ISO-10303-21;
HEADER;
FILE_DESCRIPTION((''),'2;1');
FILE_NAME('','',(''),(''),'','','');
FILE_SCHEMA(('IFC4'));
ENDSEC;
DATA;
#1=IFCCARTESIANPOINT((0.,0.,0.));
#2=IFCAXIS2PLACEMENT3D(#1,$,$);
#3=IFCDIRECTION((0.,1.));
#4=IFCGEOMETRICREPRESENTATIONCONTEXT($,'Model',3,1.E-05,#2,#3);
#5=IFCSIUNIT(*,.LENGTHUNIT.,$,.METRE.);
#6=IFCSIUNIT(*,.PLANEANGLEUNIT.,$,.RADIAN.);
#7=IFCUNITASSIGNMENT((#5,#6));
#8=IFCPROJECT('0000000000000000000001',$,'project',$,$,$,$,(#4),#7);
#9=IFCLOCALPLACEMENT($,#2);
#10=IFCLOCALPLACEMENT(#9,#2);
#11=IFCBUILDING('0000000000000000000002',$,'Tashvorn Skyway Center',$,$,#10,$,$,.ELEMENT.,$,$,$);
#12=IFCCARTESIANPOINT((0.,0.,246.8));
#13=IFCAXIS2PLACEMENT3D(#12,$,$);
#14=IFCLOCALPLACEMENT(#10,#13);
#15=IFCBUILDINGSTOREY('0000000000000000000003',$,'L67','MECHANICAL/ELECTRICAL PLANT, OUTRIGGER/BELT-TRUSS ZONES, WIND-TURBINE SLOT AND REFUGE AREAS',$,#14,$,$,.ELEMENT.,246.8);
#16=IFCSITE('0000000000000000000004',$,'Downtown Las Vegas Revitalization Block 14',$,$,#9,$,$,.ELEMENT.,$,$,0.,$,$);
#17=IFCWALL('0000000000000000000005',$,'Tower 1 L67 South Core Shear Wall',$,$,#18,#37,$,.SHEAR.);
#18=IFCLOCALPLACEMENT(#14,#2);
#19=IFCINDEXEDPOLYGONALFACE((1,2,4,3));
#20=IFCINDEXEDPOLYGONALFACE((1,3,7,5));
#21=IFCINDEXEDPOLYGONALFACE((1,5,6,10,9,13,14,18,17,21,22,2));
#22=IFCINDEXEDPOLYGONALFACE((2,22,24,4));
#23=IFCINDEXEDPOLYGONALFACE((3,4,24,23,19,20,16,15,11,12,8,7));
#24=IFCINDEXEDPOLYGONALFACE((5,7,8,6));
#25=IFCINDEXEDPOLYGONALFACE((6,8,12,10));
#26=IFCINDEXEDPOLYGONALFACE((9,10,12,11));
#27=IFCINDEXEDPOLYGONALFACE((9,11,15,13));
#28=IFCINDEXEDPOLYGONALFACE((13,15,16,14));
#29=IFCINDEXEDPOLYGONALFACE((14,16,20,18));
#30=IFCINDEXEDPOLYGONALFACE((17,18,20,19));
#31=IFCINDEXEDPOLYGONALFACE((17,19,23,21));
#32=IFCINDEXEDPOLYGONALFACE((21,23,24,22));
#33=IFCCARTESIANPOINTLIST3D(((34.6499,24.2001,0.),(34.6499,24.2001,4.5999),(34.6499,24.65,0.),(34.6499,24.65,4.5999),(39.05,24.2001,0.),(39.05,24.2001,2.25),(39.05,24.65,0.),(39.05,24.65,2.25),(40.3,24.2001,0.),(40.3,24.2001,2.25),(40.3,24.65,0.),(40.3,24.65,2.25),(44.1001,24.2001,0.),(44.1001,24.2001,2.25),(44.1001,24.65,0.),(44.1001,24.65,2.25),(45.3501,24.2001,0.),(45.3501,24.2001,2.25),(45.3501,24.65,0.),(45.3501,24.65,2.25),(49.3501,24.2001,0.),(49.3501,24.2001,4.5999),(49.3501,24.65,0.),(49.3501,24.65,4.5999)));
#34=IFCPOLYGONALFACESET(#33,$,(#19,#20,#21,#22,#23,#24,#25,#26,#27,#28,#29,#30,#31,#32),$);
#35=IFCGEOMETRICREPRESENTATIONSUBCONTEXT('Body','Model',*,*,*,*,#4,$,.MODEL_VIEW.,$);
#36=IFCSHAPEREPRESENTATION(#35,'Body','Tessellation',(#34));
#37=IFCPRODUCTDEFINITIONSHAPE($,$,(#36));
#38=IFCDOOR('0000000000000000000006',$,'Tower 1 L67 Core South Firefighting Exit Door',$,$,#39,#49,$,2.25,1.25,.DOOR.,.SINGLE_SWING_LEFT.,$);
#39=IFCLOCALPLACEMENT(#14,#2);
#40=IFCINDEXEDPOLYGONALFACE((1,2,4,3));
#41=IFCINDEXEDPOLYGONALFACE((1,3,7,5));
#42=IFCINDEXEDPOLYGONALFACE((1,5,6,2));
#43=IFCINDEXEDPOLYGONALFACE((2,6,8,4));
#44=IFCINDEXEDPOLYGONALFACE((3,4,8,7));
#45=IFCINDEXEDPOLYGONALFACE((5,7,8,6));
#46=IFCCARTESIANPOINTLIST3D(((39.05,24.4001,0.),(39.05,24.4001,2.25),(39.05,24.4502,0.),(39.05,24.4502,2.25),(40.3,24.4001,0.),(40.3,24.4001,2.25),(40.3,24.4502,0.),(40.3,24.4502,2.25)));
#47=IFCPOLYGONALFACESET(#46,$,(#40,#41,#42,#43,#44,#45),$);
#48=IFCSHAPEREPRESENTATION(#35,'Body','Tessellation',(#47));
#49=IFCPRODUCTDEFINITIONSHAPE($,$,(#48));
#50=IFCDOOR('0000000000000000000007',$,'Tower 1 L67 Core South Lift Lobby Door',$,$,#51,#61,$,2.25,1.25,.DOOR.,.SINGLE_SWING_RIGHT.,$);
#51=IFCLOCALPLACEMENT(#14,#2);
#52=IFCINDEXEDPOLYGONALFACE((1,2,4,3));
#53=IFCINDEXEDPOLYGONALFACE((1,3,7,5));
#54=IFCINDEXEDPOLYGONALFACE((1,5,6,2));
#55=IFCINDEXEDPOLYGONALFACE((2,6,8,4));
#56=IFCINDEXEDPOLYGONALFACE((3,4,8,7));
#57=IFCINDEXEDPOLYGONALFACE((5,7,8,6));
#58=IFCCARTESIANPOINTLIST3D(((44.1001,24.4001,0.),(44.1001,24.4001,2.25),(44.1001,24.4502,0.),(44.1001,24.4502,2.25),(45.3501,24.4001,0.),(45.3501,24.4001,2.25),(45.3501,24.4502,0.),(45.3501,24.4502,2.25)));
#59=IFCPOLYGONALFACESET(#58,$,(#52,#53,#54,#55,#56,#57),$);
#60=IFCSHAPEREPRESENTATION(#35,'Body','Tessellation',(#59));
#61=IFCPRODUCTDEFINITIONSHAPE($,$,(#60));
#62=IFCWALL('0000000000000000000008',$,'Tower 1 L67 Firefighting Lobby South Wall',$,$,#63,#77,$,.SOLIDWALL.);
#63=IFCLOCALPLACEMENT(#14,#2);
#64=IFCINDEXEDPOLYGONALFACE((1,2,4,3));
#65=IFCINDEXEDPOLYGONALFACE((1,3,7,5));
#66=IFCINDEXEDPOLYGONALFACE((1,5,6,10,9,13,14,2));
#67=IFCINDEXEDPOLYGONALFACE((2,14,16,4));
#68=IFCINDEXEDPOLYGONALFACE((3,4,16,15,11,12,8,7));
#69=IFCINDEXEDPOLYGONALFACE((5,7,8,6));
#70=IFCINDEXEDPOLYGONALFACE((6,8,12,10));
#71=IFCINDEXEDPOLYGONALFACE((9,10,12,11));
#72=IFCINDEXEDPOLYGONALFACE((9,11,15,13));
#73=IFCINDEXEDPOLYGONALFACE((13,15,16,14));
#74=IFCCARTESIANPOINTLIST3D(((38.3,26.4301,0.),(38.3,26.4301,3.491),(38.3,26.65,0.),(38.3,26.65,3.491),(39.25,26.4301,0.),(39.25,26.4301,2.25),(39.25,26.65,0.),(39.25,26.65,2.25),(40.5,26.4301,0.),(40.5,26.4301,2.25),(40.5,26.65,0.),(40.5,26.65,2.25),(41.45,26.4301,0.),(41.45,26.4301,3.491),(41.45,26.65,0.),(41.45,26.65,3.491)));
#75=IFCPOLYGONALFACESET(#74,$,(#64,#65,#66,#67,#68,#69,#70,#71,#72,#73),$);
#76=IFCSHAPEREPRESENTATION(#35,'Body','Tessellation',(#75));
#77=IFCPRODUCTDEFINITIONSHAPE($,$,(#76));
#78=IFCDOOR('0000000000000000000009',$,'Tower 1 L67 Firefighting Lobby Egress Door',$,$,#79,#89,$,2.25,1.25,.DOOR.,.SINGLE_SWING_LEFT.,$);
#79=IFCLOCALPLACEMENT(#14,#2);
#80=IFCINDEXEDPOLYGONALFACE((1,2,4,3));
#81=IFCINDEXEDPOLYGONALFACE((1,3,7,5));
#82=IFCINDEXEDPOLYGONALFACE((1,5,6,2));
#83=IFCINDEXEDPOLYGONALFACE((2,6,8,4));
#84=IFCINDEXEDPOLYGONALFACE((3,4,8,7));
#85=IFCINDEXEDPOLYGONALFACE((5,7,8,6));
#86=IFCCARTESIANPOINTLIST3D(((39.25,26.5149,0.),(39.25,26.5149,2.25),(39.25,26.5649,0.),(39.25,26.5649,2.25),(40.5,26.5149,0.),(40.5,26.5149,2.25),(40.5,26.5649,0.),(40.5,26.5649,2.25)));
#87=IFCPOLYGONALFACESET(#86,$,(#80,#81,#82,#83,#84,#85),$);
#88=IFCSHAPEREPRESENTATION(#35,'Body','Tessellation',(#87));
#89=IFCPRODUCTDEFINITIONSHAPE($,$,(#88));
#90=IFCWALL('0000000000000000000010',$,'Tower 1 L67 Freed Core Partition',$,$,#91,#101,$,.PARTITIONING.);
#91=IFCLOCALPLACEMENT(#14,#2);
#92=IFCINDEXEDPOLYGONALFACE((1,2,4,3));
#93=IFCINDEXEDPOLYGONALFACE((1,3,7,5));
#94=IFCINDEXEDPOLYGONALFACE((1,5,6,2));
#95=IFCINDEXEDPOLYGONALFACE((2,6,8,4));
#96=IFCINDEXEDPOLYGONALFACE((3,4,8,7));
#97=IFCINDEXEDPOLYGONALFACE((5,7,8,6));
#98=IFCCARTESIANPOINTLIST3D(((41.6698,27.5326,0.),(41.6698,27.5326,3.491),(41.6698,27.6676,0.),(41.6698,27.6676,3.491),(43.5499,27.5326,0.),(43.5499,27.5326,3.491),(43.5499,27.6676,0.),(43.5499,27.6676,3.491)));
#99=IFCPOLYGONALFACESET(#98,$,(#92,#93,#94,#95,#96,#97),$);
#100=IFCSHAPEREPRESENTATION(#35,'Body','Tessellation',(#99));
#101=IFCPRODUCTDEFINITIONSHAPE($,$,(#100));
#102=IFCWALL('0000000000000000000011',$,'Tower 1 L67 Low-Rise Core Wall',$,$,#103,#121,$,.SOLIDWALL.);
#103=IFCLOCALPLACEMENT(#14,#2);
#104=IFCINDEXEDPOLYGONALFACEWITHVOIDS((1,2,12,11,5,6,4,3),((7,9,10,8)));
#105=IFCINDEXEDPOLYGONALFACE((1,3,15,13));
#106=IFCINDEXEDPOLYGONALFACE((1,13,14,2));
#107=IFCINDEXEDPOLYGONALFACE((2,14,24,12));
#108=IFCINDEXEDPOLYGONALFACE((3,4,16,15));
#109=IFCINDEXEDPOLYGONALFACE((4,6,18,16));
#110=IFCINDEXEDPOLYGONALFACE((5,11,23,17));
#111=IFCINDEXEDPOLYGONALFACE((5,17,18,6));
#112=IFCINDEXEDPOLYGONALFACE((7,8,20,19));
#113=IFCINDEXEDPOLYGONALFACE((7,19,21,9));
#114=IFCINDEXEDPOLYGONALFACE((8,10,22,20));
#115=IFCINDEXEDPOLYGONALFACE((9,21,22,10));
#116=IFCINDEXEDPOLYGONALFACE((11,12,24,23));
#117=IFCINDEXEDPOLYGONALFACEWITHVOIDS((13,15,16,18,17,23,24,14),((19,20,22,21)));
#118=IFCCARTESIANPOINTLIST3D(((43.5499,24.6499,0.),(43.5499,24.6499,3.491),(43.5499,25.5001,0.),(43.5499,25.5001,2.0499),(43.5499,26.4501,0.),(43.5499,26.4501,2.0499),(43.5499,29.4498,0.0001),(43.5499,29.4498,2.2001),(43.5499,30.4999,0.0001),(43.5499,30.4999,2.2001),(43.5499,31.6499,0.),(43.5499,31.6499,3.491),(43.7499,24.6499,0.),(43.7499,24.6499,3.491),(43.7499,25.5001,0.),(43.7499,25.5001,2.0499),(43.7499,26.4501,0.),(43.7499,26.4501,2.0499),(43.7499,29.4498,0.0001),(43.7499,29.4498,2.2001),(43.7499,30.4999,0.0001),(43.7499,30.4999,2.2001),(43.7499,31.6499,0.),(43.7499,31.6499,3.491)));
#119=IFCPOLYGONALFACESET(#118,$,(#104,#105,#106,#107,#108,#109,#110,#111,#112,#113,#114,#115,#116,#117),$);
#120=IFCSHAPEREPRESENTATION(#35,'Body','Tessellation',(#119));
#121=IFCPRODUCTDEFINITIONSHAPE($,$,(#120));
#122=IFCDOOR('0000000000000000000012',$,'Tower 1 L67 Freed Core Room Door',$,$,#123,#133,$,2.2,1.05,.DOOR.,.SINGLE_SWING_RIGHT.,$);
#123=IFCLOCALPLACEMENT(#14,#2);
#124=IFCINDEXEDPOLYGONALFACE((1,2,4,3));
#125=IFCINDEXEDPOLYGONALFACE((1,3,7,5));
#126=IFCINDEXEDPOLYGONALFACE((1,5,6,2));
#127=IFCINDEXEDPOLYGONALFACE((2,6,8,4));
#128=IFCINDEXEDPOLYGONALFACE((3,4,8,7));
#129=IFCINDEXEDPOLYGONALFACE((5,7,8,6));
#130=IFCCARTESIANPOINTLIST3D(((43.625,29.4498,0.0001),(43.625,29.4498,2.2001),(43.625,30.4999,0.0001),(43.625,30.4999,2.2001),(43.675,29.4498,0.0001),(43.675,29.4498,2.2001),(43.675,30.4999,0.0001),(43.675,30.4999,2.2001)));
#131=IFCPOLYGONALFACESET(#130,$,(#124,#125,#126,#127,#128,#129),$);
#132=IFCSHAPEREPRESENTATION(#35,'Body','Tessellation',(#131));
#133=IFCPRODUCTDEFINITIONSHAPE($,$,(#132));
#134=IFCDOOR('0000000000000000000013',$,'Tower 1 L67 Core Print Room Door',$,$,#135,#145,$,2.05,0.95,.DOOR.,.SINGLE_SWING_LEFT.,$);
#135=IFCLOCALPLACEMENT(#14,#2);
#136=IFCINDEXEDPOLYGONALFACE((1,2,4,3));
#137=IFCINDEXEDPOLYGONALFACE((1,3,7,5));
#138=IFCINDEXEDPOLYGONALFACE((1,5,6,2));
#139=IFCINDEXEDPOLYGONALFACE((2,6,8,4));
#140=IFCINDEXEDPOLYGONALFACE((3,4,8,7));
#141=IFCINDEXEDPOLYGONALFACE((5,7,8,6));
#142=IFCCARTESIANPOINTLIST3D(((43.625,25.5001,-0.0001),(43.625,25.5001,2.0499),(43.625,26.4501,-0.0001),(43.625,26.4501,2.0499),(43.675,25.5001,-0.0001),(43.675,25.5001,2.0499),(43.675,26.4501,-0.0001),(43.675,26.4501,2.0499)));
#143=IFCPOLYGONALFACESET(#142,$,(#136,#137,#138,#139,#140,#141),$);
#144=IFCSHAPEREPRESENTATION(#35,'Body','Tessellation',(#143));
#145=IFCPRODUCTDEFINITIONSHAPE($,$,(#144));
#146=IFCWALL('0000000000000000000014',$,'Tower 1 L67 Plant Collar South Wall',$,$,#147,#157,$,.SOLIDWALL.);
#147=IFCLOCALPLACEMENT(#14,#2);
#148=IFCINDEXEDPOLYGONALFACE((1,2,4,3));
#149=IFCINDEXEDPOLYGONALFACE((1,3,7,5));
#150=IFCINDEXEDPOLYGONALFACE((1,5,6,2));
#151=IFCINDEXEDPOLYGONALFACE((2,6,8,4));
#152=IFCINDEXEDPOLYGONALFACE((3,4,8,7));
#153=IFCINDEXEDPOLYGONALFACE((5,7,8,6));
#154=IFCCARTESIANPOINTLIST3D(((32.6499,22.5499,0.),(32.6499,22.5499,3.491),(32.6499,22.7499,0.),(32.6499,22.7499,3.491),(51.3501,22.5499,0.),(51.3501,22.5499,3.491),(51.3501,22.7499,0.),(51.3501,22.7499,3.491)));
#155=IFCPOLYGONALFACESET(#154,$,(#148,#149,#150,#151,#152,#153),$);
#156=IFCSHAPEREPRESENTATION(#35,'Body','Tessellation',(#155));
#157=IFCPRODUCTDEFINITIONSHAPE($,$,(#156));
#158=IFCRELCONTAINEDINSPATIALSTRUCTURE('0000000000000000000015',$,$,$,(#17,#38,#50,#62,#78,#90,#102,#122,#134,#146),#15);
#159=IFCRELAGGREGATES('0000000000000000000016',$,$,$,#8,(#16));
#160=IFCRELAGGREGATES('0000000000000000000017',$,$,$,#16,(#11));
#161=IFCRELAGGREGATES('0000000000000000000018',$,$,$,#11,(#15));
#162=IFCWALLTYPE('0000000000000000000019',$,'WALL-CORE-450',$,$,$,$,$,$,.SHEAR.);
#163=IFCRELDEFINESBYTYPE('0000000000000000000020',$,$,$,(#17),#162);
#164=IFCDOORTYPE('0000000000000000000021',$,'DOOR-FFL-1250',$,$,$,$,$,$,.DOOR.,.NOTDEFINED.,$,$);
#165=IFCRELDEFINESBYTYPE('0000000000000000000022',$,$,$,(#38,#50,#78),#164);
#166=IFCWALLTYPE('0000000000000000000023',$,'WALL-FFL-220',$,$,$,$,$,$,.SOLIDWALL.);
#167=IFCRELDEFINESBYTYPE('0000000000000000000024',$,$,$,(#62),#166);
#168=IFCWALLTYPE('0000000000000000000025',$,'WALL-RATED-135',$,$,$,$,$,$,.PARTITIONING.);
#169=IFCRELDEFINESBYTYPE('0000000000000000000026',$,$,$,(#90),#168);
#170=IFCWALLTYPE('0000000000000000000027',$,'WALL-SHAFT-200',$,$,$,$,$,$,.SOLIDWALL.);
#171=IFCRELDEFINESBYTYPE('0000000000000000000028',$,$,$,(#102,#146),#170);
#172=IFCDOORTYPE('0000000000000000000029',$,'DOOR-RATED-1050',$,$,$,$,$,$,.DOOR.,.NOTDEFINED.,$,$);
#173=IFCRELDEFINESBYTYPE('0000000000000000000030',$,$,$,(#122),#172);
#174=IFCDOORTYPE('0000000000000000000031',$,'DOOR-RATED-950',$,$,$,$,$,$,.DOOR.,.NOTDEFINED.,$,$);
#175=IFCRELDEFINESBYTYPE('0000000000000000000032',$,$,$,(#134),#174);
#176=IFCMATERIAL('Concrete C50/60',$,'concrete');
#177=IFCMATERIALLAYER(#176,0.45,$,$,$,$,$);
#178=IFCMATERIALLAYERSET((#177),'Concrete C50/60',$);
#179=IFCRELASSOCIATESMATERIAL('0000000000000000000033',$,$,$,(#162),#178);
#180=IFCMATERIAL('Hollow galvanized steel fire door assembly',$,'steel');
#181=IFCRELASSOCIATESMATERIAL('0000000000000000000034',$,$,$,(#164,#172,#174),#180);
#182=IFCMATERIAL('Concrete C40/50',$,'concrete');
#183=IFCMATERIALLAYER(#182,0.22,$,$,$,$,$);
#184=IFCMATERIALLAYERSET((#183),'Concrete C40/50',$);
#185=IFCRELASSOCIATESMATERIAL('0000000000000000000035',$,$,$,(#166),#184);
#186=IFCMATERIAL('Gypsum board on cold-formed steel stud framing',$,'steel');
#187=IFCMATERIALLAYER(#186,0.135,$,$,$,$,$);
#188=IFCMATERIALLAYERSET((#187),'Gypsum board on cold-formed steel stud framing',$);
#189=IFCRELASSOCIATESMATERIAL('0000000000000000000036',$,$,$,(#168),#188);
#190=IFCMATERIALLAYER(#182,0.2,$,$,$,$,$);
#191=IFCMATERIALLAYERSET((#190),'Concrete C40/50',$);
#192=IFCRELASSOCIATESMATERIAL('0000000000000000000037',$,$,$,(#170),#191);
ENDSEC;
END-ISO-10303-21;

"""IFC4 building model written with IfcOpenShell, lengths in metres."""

from ifc_helpers import new_model, si_unit, direction, frame, frame_2d, origin, place, context, subcontext, project, spatial, rectangle, extrude, material, layer, layer_set, type_object, element, fill, save


model = new_model("IFC4")

# Units and contexts
model_context = context("Model", 3, precision=1e-05, world=origin(), true_north=direction((0.0, 1.0)))
body_context = subcontext(model_context, "Body", "Model", "MODEL_VIEW")
ifc_project = project(units=[si_unit("LENGTHUNIT", "METRE"), si_unit("PLANEANGLEUNIT", "RADIAN")], contexts=[model_context])

# Site, building, storey
site_placement = place(None, origin())
site = spatial("IfcSite", under=ifc_project, at=site_placement, Name="Downtown Las Vegas Revitalization Block 14", CompositionType="ELEMENT", RefElevation=0.0)
building_placement = place(site_placement, origin())
building = spatial("IfcBuilding", under=site, at=building_placement, Name="Tashvorn Skyway Center", CompositionType="ELEMENT")
storey_placement = place(building_placement, frame((0.0, 0.0, 246.8)))
storey = spatial("IfcBuildingStorey", under=building, at=storey_placement, Name="L67", Description="MECHANICAL/ELECTRICAL PLANT, OUTRIGGER/BELT-TRUSS ZONES, WIND-TURBINE SLOT AND REFUGE AREAS", CompositionType="ELEMENT", Elevation=246.8)

# Wall, openings, doors
ifc_material_1 = material(Name="Concrete C50/60", Category="concrete")
ifc_layer_1 = layer(ifc_material_1, 0.45)
ifc_layer_set_1 = layer_set([ifc_layer_1], Name="Concrete C50/60")
wall_type_1 = type_object("IfcWallType", Name="WALL-CORE-450", PredefinedType="SHEAR", material=ifc_layer_set_1)
wall_1_placement = place(storey_placement, frame((49.3501, 24.425, 0.0), z_axis=(0.0, 0.0, 1.0), x_axis=(-1.0, 0.0, 0.0)))
wall_1 = element("IfcWall", 1, at=wall_1_placement, inside=storey, type_object=wall_type_1, Name="Tower 1 L67 South Core Shear Wall", PredefinedType="SHEAR", context=body_context, shape_type="SweptSolid", body=[
    extrude(rectangle(XDim=14.7002, YDim=0.45, at=frame_2d((7.3501, 0.0))), origin(), (0.0, 0.0, 1.0), 4.5999),
])
opening_1_placement = place(wall_1_placement, frame((9.05, 0.0, 0.0)))
opening_1 = element("IfcOpeningElement", 2, at=opening_1_placement, cuts=wall_1, PredefinedType="OPENING", context=body_context, shape_type="SweptSolid", body=[
    extrude(rectangle(XDim=1.25, YDim=2.25, at=frame_2d((0.625, 1.125))), frame((0.0, 0.2349, 0.0), z_axis=(0.0, -1.0, 0.0), x_axis=(1.0, 0.0, 0.0)), (0.0, 0.0, 1.0), 0.47),
])
opening_2_placement = place(wall_1_placement, frame((4.0, 0.0, 0.0)))
opening_2 = element("IfcOpeningElement", 3, at=opening_2_placement, cuts=wall_1, PredefinedType="OPENING", context=body_context, shape_type="SweptSolid", body=[
    extrude(rectangle(XDim=1.25, YDim=2.25, at=frame_2d((0.625, 1.125))), frame((0.0, 0.2349, 0.0), z_axis=(0.0, -1.0, 0.0), x_axis=(1.0, 0.0, 0.0)), (0.0, 0.0, 1.0), 0.47),
])
ifc_material_2 = material(Name="Hollow galvanized steel fire door assembly", Category="steel")
door_type_1 = type_object("IfcDoorType", Name="DOOR-FFL-1250", OperationType="NOTDEFINED", PredefinedType="DOOR", material=ifc_material_2)
door_1_placement = place(opening_1_placement, origin())
door_1 = element("IfcDoor", 4, at=door_1_placement, inside=storey, type_object=door_type_1, Name="Tower 1 L67 Core South Firefighting Exit Door", OperationType="SINGLE_SWING_LEFT", OverallHeight=2.25, OverallWidth=1.25, PredefinedType="DOOR", context=body_context, shape_type="SweptSolid", body=[
    extrude(rectangle(XDim=1.25, YDim=2.25, at=frame_2d((0.625, 1.125))), frame((0.0, 0.0249, 0.0), z_axis=(0.0, -1.0, 0.0), x_axis=(1.0, 0.0, 0.0)), (0.0, 0.0, 1.0), 0.05),
])
fill(opening_1, door_1)
door_2_placement = place(opening_2_placement, origin())
door_2 = element("IfcDoor", 5, at=door_2_placement, inside=storey, type_object=door_type_1, Name="Tower 1 L67 Core South Lift Lobby Door", OperationType="SINGLE_SWING_RIGHT", OverallHeight=2.25, OverallWidth=1.25, PredefinedType="DOOR", context=body_context, shape_type="SweptSolid", body=[
    extrude(rectangle(XDim=1.25, YDim=2.25, at=frame_2d((0.625, 1.125))), frame((0.0, 0.0249, 0.0), z_axis=(0.0, -1.0, 0.0), x_axis=(1.0, 0.0, 0.0)), (0.0, 0.0, 1.0), 0.05),
])
fill(opening_2, door_2)

# Wall, opening, door
ifc_material_3 = material(Name="Concrete C40/50", Category="concrete")
ifc_layer_2 = layer(ifc_material_3, 0.22)
ifc_layer_set_2 = layer_set([ifc_layer_2], Name="Concrete C40/50")
wall_type_2 = type_object("IfcWallType", Name="WALL-FFL-220", PredefinedType="SOLIDWALL", material=ifc_layer_set_2)
wall_2_placement = place(storey_placement, frame((38.3, 26.54, 0.0), z_axis=(0.0, 0.0, 1.0), x_axis=(1.0, 0.0, 0.0)))
wall_2 = element("IfcWall", 6, at=wall_2_placement, inside=storey, type_object=wall_type_2, Name="Tower 1 L67 Firefighting Lobby South Wall", PredefinedType="SOLIDWALL", context=body_context, shape_type="SweptSolid", body=[
    extrude(rectangle(XDim=3.1499, YDim=0.22, at=frame_2d((1.575, 0.0))), origin(), (0.0, 0.0, 1.0), 3.491),
])
opening_3_placement = place(wall_2_placement, frame((0.95, 0.0, 0.0)))
opening_3 = element("IfcOpeningElement", 7, at=opening_3_placement, cuts=wall_2, PredefinedType="OPENING", context=body_context, shape_type="SweptSolid", body=[
    extrude(rectangle(XDim=1.25, YDim=2.25, at=frame_2d((0.625, 1.125))), frame((0.0, 0.1199, 0.0), z_axis=(0.0, -1.0, 0.0), x_axis=(1.0, 0.0, 0.0)), (0.0, 0.0, 1.0), 0.24),
])
door_3_placement = place(opening_3_placement, origin())
door_3 = element("IfcDoor", 8, at=door_3_placement, inside=storey, type_object=door_type_1, Name="Tower 1 L67 Firefighting Lobby Egress Door", OperationType="SINGLE_SWING_LEFT", OverallHeight=2.25, OverallWidth=1.25, PredefinedType="DOOR", context=body_context, shape_type="SweptSolid", body=[
    extrude(rectangle(XDim=1.25, YDim=2.25, at=frame_2d((0.625, 1.125))), frame((0.0, 0.0249, 0.0), z_axis=(0.0, -1.0, 0.0), x_axis=(1.0, 0.0, 0.0)), (0.0, 0.0, 1.0), 0.05),
])
fill(opening_3, door_3)

# Wall
ifc_material_4 = material(Name="Gypsum board on cold-formed steel stud framing", Category="steel")
ifc_layer_3 = layer(ifc_material_4, 0.135)
ifc_layer_set_3 = layer_set([ifc_layer_3], Name="Gypsum board on cold-formed steel stud framing")
wall_type_3 = type_object("IfcWallType", Name="WALL-RATED-135", PredefinedType="PARTITIONING", material=ifc_layer_set_3)
wall_3_placement = place(storey_placement, frame((41.6699, 27.6001, 0.0), z_axis=(0.0, 0.0, 1.0), x_axis=(1.0, 0.0, 0.0)))
element("IfcWall", 9, at=wall_3_placement, inside=storey, type_object=wall_type_3, Name="Tower 1 L67 Freed Core Partition", PredefinedType="PARTITIONING", context=body_context, shape_type="SweptSolid", body=[
    extrude(rectangle(XDim=1.8801, YDim=0.135, at=frame_2d((0.9399, 0.0))), origin(), (0.0, 0.0, 1.0), 3.491),
])

# Wall, openings, doors
ifc_layer_4 = layer(ifc_material_3, 0.2)
ifc_layer_set_4 = layer_set([ifc_layer_4], Name="Concrete C40/50")
wall_type_4 = type_object("IfcWallType", Name="WALL-SHAFT-200", PredefinedType="SOLIDWALL", material=ifc_layer_set_4)
wall_4_placement = place(storey_placement, frame((43.6499, 24.6499, 0.0), z_axis=(0.0, 0.0, 1.0), x_axis=(0.0, 1.0, 0.0)))
wall_4 = element("IfcWall", 10, at=wall_4_placement, inside=storey, type_object=wall_type_4, Name="Tower 1 L67 Low-Rise Core Wall", PredefinedType="SOLIDWALL", context=body_context, shape_type="SweptSolid", body=[
    extrude(rectangle(XDim=7.0, YDim=0.2, at=frame_2d((3.5, 0.0))), origin(), (0.0, 0.0, 1.0), 3.491),
])
opening_4_placement = place(wall_4_placement, frame((0.8501, 0.0, 0.0)))
opening_4 = element("IfcOpeningElement", 11, at=opening_4_placement, cuts=wall_4, PredefinedType="OPENING", context=body_context, shape_type="SweptSolid", body=[
    extrude(rectangle(XDim=0.95, YDim=2.05, at=frame_2d((0.4751, 1.0249))), frame((0.0, 0.1099, 0.0), z_axis=(0.0, -1.0, 0.0), x_axis=(1.0, 0.0, 0.0)), (0.0, 0.0, 1.0), 0.22),
])
opening_5_placement = place(wall_4_placement, frame((4.8, 0.0, 0.0)))
opening_5 = element("IfcOpeningElement", 12, at=opening_5_placement, cuts=wall_4, PredefinedType="OPENING", context=body_context, shape_type="SweptSolid", body=[
    extrude(rectangle(XDim=1.05, YDim=2.2, at=frame_2d((0.5249, 1.1001))), frame((0.0, 0.1099, 0.0), z_axis=(0.0, -1.0, 0.0), x_axis=(1.0, 0.0, 0.0)), (0.0, 0.0, 1.0), 0.22),
])
door_type_2 = type_object("IfcDoorType", Name="DOOR-RATED-1050", OperationType="NOTDEFINED", PredefinedType="DOOR", material=ifc_material_2)
door_4_placement = place(opening_5_placement, origin())
door_4 = element("IfcDoor", 13, at=door_4_placement, inside=storey, type_object=door_type_2, Name="Tower 1 L67 Freed Core Room Door", OperationType="SINGLE_SWING_RIGHT", OverallHeight=2.2, OverallWidth=1.05, PredefinedType="DOOR", context=body_context, shape_type="SweptSolid", body=[
    extrude(rectangle(XDim=1.05, YDim=2.2, at=frame_2d((0.5249, 1.1001))), frame((0.0, 0.0249, 0.0), z_axis=(0.0, -1.0, 0.0), x_axis=(1.0, 0.0, 0.0)), (0.0, 0.0, 1.0), 0.05),
])
fill(opening_5, door_4)
door_type_3 = type_object("IfcDoorType", Name="DOOR-RATED-950", OperationType="NOTDEFINED", PredefinedType="DOOR", material=ifc_material_2)
door_5_placement = place(opening_4_placement, origin())
door_5 = element("IfcDoor", 14, at=door_5_placement, inside=storey, type_object=door_type_3, Name="Tower 1 L67 Core Print Room Door", OperationType="SINGLE_SWING_LEFT", OverallHeight=2.05, OverallWidth=0.95, PredefinedType="DOOR", context=body_context, shape_type="SweptSolid", body=[
    extrude(rectangle(XDim=0.95, YDim=2.05, at=frame_2d((0.4751, 1.0249))), frame((0.0, 0.0249, 0.0), z_axis=(0.0, -1.0, 0.0), x_axis=(1.0, 0.0, 0.0)), (0.0, 0.0, 1.0), 0.05),
])
fill(opening_4, door_5)

# Wall
wall_5_placement = place(storey_placement, frame((51.3501, 22.6499, 0.0), z_axis=(0.0, 0.0, 1.0), x_axis=(-1.0, 0.0, 0.0)))
element("IfcWall", 15, at=wall_5_placement, inside=storey, type_object=wall_type_4, Name="Tower 1 L67 Plant Collar South Wall", PredefinedType="SOLIDWALL", context=body_context, shape_type="SweptSolid", body=[
    extrude(rectangle(XDim=18.7002, YDim=0.2, at=frame_2d((9.3501, 0.0))), origin(), (0.0, 0.0, 1.0), 3.491),
])

save(model, "model.ifc")
